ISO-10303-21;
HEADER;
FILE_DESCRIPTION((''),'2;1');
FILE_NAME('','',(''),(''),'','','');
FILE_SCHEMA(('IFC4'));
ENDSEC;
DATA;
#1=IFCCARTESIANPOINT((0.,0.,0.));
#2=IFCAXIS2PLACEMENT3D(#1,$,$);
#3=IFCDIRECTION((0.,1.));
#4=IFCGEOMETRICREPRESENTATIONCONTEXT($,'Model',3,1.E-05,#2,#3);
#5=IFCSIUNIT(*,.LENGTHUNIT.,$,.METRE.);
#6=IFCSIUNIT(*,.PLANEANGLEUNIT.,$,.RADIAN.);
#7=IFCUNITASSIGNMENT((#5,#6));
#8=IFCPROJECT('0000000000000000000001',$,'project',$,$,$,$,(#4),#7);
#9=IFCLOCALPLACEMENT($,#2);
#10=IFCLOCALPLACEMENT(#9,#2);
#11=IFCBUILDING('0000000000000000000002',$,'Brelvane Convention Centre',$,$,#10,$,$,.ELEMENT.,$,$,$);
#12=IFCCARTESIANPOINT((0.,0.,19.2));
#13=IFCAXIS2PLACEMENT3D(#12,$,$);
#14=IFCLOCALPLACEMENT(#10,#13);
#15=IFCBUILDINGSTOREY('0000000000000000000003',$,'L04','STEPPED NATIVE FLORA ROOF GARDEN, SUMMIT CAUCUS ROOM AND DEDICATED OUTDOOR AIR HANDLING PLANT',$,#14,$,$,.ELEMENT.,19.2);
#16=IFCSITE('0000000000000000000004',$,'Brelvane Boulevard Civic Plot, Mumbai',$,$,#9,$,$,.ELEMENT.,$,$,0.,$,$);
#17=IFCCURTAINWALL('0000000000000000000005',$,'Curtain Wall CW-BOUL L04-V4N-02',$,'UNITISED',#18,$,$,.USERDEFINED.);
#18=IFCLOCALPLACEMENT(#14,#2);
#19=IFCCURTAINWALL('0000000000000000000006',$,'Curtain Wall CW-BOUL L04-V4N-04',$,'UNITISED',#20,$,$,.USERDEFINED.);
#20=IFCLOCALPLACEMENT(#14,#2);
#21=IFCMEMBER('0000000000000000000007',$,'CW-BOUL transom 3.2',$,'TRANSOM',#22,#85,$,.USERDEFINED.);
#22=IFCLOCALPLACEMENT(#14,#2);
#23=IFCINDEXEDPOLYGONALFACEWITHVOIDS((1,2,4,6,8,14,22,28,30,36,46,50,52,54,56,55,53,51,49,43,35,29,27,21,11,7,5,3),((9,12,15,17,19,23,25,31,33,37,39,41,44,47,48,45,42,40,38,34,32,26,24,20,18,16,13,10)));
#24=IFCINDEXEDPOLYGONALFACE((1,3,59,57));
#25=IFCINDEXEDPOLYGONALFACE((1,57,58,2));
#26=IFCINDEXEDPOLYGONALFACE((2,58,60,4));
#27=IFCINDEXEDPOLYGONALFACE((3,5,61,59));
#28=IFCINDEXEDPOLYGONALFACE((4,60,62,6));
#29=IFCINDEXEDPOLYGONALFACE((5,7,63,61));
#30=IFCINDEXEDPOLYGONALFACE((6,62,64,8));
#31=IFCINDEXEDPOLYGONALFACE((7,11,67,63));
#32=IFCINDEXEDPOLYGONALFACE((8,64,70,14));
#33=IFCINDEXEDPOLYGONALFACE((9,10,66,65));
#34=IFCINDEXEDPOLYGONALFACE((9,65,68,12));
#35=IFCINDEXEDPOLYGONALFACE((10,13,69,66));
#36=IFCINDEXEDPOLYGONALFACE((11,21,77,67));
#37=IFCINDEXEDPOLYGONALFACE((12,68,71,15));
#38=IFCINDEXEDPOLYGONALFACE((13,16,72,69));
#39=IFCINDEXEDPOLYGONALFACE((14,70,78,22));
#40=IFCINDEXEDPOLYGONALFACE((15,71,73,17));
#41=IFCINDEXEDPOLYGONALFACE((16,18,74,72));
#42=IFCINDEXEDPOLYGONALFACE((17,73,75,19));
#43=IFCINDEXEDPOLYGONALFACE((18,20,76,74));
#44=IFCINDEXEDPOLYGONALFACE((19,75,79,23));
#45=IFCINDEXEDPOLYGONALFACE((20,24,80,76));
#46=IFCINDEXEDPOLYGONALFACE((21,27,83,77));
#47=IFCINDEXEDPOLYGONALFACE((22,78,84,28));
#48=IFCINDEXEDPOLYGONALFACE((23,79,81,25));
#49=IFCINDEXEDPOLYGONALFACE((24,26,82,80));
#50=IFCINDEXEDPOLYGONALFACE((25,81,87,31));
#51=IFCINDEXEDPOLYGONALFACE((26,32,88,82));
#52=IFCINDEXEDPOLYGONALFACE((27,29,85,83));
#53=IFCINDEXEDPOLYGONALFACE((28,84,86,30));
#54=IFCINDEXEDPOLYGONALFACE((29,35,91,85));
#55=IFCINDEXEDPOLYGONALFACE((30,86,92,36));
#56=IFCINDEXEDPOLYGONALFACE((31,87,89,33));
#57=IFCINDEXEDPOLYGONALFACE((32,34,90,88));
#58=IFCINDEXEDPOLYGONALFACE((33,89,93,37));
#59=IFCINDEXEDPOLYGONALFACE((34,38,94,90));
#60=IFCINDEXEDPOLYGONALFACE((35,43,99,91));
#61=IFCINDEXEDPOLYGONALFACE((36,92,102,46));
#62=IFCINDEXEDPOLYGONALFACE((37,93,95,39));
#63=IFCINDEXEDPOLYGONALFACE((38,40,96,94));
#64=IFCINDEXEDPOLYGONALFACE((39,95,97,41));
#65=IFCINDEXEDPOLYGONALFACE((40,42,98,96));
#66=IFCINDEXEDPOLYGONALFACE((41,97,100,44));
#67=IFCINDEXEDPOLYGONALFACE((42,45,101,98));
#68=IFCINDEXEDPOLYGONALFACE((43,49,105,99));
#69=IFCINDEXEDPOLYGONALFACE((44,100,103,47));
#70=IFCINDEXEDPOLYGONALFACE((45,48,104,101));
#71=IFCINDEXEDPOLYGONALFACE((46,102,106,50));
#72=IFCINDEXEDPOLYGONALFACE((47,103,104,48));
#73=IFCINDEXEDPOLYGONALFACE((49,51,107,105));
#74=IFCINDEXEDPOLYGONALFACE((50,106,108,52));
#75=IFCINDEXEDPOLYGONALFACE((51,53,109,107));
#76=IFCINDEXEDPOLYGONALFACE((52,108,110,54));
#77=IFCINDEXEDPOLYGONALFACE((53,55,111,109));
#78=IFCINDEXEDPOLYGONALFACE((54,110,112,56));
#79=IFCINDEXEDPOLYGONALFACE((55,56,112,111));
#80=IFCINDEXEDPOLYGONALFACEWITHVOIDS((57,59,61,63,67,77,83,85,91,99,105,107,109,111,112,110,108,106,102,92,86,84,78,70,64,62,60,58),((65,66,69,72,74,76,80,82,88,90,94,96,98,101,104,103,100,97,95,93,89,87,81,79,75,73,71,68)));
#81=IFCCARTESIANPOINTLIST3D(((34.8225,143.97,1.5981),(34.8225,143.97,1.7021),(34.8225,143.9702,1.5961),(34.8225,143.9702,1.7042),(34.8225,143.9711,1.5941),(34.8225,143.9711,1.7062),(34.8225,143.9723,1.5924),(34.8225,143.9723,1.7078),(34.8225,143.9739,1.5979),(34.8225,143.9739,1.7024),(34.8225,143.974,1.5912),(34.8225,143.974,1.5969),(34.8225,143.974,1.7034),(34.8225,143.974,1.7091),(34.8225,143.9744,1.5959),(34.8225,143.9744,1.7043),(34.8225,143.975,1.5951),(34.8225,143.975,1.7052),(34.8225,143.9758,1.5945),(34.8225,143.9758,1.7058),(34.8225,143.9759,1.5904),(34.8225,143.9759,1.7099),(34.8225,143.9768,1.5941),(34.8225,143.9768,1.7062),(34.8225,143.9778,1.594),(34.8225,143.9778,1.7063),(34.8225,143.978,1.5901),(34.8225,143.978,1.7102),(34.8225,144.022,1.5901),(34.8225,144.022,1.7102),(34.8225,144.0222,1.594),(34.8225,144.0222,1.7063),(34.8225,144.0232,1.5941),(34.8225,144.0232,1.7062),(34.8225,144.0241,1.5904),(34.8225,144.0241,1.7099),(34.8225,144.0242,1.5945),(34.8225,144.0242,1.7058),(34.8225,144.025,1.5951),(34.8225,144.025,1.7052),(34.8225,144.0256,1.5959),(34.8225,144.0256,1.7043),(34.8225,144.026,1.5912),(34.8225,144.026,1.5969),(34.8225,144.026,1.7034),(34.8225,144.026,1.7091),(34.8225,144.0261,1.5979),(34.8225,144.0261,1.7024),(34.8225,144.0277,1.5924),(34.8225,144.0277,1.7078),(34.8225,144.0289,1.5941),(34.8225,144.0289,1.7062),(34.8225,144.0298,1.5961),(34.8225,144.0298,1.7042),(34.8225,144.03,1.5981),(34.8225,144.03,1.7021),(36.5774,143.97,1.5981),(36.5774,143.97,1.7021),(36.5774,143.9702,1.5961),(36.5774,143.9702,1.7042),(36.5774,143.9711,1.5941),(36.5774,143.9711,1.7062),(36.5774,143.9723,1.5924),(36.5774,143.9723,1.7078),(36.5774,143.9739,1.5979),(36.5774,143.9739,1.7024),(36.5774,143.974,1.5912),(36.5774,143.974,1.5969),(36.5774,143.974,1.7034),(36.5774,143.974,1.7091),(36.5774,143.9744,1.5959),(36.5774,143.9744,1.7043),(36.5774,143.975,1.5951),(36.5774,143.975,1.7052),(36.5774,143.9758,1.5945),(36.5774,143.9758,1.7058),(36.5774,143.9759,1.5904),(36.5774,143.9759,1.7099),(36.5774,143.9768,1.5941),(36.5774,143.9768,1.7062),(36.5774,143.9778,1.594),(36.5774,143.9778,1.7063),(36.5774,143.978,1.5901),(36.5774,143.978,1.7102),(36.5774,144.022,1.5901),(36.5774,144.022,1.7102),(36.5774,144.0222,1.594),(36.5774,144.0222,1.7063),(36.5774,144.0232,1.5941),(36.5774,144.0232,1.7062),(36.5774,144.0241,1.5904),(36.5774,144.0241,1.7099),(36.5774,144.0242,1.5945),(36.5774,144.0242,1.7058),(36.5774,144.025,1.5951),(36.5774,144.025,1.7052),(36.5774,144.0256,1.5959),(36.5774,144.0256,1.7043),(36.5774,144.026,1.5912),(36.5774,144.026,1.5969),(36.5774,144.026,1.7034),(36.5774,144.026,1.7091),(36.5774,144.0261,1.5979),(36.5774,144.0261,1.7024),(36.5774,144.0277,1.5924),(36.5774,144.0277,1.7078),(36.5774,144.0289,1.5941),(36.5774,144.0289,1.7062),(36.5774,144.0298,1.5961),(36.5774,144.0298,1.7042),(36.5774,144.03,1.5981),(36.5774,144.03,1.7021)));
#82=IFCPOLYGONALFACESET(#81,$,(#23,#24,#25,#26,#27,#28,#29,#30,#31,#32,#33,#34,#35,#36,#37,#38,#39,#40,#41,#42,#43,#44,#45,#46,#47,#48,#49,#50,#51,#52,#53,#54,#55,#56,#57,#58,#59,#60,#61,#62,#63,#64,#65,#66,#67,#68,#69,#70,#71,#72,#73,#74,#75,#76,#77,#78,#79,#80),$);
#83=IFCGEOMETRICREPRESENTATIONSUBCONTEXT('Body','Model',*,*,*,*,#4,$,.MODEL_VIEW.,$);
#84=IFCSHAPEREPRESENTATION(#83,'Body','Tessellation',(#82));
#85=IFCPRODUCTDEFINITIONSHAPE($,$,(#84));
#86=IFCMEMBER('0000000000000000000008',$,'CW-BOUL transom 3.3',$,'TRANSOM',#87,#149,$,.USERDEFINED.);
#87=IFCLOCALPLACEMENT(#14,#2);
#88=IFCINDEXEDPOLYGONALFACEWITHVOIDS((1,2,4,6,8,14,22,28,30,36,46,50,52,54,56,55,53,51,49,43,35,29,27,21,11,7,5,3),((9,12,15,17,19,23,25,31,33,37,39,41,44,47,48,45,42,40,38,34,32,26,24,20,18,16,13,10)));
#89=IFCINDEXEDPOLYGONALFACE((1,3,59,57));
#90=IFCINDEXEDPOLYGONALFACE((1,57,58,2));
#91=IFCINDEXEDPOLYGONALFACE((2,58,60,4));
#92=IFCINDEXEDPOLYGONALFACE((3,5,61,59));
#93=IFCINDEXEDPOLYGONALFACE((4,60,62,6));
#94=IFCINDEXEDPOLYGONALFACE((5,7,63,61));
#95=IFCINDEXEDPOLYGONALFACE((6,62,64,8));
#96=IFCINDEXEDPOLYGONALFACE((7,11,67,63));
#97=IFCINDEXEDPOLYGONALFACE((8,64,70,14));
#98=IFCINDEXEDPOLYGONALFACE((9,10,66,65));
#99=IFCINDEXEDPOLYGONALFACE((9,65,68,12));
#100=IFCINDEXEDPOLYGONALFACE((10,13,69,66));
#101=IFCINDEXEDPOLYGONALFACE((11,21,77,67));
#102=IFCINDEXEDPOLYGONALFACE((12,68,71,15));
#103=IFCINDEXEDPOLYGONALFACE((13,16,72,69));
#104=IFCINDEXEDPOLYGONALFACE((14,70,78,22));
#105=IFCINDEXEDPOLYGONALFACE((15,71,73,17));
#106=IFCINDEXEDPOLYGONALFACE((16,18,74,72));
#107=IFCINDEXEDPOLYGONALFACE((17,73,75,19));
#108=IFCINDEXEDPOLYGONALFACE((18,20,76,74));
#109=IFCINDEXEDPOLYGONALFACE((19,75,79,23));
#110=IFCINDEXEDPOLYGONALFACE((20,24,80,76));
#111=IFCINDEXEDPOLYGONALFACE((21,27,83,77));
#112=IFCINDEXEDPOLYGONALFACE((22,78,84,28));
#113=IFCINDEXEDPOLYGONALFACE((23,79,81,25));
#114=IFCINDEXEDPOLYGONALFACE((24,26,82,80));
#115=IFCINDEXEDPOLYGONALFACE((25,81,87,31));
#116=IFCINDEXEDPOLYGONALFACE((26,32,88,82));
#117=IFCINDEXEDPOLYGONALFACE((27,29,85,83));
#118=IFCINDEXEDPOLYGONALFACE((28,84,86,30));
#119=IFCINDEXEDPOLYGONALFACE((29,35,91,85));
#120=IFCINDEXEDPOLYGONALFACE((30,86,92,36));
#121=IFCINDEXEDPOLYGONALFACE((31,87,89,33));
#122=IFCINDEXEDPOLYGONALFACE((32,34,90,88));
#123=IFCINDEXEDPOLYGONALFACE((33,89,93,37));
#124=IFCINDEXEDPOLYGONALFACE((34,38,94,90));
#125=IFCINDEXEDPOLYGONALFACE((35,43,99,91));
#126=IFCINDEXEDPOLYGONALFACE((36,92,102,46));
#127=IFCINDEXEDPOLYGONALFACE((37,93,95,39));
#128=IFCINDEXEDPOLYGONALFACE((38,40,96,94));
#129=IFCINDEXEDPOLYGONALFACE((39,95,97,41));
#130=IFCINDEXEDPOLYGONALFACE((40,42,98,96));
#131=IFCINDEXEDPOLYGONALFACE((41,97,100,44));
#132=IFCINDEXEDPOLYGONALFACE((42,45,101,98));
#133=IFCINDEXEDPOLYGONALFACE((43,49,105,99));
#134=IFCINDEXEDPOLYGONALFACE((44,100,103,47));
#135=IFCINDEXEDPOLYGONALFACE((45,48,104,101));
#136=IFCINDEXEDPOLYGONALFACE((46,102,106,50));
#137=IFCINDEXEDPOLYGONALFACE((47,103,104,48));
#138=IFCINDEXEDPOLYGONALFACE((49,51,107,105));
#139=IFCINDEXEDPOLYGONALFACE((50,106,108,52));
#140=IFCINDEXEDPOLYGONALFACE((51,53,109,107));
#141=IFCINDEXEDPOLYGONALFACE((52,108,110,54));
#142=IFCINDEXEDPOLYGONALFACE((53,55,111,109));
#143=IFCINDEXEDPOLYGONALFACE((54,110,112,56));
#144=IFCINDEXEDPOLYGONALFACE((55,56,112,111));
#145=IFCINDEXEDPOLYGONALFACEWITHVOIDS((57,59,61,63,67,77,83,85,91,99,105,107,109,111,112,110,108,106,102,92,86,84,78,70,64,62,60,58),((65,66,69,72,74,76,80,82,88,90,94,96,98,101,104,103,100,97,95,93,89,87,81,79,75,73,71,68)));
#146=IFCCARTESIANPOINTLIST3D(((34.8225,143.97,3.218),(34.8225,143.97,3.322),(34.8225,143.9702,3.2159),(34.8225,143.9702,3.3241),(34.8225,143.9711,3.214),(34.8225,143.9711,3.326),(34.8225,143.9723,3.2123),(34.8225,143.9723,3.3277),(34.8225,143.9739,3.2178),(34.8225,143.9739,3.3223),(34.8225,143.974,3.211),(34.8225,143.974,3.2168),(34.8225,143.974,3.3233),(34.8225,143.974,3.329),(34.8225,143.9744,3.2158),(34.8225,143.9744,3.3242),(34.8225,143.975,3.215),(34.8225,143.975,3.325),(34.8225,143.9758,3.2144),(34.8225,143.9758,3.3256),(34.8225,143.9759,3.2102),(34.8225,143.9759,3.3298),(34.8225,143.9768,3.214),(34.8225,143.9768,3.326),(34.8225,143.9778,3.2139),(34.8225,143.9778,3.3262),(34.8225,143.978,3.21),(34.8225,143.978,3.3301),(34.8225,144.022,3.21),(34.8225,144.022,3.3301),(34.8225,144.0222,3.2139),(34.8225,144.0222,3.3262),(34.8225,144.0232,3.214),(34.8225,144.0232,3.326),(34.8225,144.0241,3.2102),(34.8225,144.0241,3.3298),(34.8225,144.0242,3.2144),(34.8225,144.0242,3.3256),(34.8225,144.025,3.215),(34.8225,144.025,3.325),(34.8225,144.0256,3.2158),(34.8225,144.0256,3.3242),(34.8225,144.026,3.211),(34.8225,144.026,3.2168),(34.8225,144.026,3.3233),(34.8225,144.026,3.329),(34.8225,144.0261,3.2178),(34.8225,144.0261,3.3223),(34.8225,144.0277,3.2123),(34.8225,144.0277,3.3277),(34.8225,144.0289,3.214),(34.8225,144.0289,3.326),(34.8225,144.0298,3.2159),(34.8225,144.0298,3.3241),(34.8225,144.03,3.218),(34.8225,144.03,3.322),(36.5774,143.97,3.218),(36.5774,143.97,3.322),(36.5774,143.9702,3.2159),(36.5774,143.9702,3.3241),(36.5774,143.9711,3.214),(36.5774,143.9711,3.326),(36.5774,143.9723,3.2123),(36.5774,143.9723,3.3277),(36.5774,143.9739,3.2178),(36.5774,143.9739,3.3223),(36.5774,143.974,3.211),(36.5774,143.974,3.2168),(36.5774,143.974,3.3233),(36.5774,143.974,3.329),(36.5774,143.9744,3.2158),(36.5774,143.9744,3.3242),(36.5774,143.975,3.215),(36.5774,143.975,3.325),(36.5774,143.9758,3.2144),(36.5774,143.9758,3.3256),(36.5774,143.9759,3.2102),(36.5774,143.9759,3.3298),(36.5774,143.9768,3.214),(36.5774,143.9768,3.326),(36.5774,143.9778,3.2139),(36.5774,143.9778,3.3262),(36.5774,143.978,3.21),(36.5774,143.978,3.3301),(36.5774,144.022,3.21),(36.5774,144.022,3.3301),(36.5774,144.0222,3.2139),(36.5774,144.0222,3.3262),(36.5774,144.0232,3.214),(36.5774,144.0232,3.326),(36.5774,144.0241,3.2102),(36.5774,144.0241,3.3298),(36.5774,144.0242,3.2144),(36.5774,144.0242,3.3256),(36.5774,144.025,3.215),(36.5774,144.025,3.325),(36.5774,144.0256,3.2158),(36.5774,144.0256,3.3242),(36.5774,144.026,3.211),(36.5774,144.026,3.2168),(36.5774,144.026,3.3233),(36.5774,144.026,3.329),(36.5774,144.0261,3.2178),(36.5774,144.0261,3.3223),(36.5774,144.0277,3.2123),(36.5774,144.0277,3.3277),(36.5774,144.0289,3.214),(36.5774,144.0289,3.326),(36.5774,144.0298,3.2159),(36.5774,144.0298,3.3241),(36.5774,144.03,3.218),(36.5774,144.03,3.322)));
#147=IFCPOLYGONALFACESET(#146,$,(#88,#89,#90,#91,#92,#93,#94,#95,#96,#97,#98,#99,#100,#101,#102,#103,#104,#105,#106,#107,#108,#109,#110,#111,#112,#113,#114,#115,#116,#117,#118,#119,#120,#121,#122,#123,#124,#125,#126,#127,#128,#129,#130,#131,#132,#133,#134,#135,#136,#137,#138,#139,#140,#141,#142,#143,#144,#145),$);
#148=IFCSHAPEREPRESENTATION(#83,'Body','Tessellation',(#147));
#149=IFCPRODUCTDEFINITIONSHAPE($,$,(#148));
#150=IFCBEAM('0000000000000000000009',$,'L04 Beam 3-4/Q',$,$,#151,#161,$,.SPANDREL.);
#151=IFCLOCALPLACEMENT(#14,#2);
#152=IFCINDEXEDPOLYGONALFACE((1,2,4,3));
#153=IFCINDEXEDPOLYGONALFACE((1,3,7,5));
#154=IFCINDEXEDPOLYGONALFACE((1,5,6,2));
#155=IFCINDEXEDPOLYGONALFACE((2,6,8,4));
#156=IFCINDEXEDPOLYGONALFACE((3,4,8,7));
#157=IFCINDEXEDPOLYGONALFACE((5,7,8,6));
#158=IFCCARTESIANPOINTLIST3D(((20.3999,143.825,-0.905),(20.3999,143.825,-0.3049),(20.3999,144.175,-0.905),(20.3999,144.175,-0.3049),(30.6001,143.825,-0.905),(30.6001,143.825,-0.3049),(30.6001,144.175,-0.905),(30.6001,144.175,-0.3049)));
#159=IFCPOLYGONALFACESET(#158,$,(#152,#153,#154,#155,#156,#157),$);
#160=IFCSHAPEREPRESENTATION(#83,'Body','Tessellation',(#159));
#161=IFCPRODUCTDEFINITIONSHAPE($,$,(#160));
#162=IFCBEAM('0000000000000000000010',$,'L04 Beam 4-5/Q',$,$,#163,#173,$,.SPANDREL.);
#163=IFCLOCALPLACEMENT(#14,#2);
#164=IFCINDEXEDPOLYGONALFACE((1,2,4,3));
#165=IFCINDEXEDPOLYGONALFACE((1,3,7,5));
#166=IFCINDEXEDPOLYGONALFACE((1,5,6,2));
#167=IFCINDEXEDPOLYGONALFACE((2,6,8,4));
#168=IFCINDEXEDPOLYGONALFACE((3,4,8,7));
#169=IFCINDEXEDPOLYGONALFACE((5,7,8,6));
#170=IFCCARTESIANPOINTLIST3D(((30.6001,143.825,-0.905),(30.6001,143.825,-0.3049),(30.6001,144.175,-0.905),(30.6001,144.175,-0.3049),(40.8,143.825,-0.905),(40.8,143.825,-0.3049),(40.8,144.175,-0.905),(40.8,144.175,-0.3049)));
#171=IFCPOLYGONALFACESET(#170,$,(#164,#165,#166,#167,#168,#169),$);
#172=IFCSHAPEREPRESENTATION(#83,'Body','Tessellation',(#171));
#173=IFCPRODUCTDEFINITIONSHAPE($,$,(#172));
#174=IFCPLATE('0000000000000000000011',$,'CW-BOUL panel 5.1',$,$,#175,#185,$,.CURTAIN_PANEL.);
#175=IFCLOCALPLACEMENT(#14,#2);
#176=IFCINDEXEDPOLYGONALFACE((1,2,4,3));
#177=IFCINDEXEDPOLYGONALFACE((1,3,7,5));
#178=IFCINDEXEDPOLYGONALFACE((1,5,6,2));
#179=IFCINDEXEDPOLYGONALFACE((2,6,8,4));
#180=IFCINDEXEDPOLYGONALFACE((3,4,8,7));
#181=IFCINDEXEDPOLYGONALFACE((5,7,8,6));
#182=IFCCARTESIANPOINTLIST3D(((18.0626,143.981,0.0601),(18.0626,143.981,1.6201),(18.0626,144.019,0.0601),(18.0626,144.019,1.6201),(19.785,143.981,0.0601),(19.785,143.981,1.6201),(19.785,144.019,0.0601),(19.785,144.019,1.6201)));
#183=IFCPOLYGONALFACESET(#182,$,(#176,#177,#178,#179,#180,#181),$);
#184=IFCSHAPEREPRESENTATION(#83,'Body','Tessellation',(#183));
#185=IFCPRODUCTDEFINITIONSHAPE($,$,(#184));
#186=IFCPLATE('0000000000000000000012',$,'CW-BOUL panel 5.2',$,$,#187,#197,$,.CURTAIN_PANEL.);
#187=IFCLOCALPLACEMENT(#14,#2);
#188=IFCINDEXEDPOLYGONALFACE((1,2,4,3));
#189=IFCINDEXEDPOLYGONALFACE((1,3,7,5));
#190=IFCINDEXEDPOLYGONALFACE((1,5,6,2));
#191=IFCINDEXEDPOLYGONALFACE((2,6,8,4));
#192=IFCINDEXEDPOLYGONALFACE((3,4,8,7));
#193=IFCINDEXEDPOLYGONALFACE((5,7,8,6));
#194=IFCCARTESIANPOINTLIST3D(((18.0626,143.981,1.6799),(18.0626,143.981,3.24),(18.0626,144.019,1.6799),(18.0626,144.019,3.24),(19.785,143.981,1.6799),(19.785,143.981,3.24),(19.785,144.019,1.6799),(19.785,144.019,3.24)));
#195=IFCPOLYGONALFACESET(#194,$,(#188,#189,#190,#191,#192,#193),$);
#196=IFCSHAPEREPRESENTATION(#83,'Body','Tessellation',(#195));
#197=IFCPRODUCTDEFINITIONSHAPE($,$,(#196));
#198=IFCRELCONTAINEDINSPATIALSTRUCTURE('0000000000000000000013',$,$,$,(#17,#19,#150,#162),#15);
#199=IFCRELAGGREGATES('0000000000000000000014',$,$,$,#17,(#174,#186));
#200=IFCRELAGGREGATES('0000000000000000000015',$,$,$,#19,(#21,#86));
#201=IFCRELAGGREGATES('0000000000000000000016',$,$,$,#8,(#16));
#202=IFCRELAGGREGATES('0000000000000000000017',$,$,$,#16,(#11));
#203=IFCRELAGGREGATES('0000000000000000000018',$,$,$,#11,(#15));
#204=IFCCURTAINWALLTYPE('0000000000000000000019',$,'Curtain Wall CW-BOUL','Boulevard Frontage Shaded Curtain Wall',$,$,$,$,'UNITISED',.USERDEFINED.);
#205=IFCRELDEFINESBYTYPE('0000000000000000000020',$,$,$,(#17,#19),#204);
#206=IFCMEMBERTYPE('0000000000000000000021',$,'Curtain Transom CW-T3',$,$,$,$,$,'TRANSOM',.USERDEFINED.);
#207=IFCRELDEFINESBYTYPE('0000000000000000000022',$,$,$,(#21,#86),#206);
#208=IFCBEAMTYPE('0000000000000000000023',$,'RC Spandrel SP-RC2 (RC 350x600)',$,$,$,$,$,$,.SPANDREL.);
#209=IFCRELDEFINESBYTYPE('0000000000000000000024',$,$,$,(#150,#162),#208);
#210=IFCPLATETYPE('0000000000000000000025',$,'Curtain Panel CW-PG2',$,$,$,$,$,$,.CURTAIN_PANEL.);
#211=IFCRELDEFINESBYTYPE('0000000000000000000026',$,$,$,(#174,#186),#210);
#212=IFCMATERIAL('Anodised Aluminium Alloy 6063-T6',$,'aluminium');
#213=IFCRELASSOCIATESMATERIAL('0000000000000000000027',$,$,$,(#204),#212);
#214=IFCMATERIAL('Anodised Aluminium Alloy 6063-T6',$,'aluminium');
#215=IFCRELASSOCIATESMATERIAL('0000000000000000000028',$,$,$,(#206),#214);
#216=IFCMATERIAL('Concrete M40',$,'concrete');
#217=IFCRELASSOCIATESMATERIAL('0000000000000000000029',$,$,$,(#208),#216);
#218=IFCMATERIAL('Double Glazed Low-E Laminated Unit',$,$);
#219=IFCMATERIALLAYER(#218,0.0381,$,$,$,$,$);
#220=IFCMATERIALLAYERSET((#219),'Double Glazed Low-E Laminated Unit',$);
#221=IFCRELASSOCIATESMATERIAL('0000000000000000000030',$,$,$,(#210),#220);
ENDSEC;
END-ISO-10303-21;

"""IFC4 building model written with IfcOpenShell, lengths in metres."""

from ifc_helpers import new_model, si_unit, direction, frame, origin, origin_2d, place, context, subcontext, project, spatial, rectangle, hollow_rectangle, extrude, material, layer, layer_set, material_profile, profile_set, type_object, element, aggregate, save


model = new_model("IFC4")

# Units and contexts
model_context = context("Model", 3, precision=1e-05, world=origin(), true_north=direction((0.0, 1.0)))
body_context = subcontext(model_context, "Body", "Model", "MODEL_VIEW")
ifc_project = project(units=[si_unit("LENGTHUNIT", "METRE"), si_unit("PLANEANGLEUNIT", "RADIAN")], contexts=[model_context])

# Site, building, storey
site_placement = place(None, origin())
site = spatial("IfcSite", under=ifc_project, at=site_placement, Name="Brelvane Boulevard Civic Plot, Mumbai", CompositionType="ELEMENT", RefElevation=0.0)
building_placement = place(site_placement, origin())
building = spatial("IfcBuilding", under=site, at=building_placement, Name="Brelvane Convention Centre", CompositionType="ELEMENT")
storey_placement = place(building_placement, frame((0.0, 0.0, 19.2)))
storey = spatial("IfcBuildingStorey", under=building, at=storey_placement, Name="L04", Description="STEPPED NATIVE FLORA ROOF GARDEN, SUMMIT CAUCUS ROOM AND DEDICATED OUTDOOR AIR HANDLING PLANT", CompositionType="ELEMENT", Elevation=19.2)

# Curtain wall
ifc_material_1 = material(Name="Anodised Aluminium Alloy 6063-T6", Category="aluminium")
curtain_wall_type = type_object("IfcCurtainWallType", Name="Curtain Wall CW-BOUL", Description="Boulevard Frontage Shaded Curtain Wall", ElementType="UNITISED", PredefinedType="USERDEFINED", material=ifc_material_1)
curtain_wall_1_placement = place(storey_placement, origin())
curtain_wall_1 = element("IfcCurtainWall", 1, at=curtain_wall_1_placement, inside=storey, type_object=curtain_wall_type, Name="Curtain Wall CW-BOUL L04-V4N-02", ObjectType="UNITISED", PredefinedType="USERDEFINED")

# Curtain wall
curtain_wall_2_placement = place(storey_placement, origin())
curtain_wall_2 = element("IfcCurtainWall", 2, at=curtain_wall_2_placement, inside=storey, type_object=curtain_wall_type, Name="Curtain Wall CW-BOUL L04-V4N-04", ObjectType="UNITISED", PredefinedType="USERDEFINED")

# Members
ifc_material_2 = material(Name="Anodised Aluminium Alloy 6063-T6", Category="aluminium")
ifc_material_profile_1 = material_profile(ifc_material_2, hollow_rectangle(XDim=0.0601, YDim=0.1201, WallThickness=0.0039, InnerFilletRadius=0.0039, OuterFilletRadius=0.0081, at=origin_2d()), Name="ALU-T 120x60x4.0")
ifc_profile_set_1 = profile_set([ifc_material_profile_1], Name="Anodised Aluminium Alloy 6063-T6")
member_type_1 = type_object("IfcMemberType", Name="Curtain Transom CW-T3", ElementType="TRANSOM", PredefinedType="USERDEFINED", material=ifc_profile_set_1)
member_1_placement = place(storey_placement, frame((34.8225, 144.0, 1.6501), z_axis=(1.0, 0.0, 0.0), x_axis=(0.0, 1.0, 0.0)))
member_1 = element("IfcMember", 3, at=member_1_placement, type_object=member_type_1, Name="CW-BOUL transom 3.2", ObjectType="TRANSOM", PredefinedType="USERDEFINED", context=body_context, shape_type="SweptSolid", body=[
    extrude(hollow_rectangle(XDim=0.0601, YDim=0.1201, WallThickness=0.0039, InnerFilletRadius=0.0039, OuterFilletRadius=0.0081, at=origin_2d()), origin(), (0.0, 0.0, 1.0), 1.7549),
])
member_2_placement = place(storey_placement, frame((34.8225, 144.0, 3.27), z_axis=(1.0, 0.0, 0.0), x_axis=(0.0, 1.0, 0.0)))
member_2 = element("IfcMember", 4, at=member_2_placement, type_object=member_type_1, Name="CW-BOUL transom 3.3", ObjectType="TRANSOM", PredefinedType="USERDEFINED", context=body_context, shape_type="SweptSolid", body=[
    extrude(hollow_rectangle(XDim=0.0601, YDim=0.1201, WallThickness=0.0039, InnerFilletRadius=0.0039, OuterFilletRadius=0.0081, at=origin_2d()), origin(), (0.0, 0.0, 1.0), 1.7549),
])

# Beams
ifc_material_3 = material(Name="Concrete M40", Category="concrete")
ifc_material_profile_2 = material_profile(ifc_material_3, rectangle(XDim=0.3501, YDim=0.6001, at=origin_2d()), Name="RC 350x600")
ifc_profile_set_2 = profile_set([ifc_material_profile_2], Name="Concrete M40")
beam_type = type_object("IfcBeamType", Name="RC Spandrel SP-RC2 (RC 350x600)", PredefinedType="SPANDREL", material=ifc_profile_set_2)
beam_1_placement = place(storey_placement, frame((20.3999, 144.0, -0.605), z_axis=(1.0, 0.0, 0.0), x_axis=(0.0, 1.0, 0.0)))
element("IfcBeam", 5, at=beam_1_placement, inside=storey, type_object=beam_type, Name="L04 Beam 3-4/Q", PredefinedType="SPANDREL", context=body_context, shape_type="SweptSolid", body=[
    extrude(rectangle(XDim=0.3501, YDim=0.6001, at=origin_2d()), origin(), (0.0, 0.0, 1.0), 10.2002),
])
beam_2_placement = place(storey_placement, frame((30.6001, 144.0, -0.605), z_axis=(1.0, 0.0, 0.0), x_axis=(0.0, 1.0, 0.0)))
element("IfcBeam", 6, at=beam_2_placement, inside=storey, type_object=beam_type, Name="L04 Beam 4-5/Q", PredefinedType="SPANDREL", context=body_context, shape_type="SweptSolid", body=[
    extrude(rectangle(XDim=0.3501, YDim=0.6001, at=origin_2d()), origin(), (0.0, 0.0, 1.0), 10.2),
])

# Plates
ifc_material_4 = material(Name="Double Glazed Low-E Laminated Unit")
ifc_layer_1 = layer(ifc_material_4, 0.0381)
ifc_layer_set_1 = layer_set([ifc_layer_1], Name="Double Glazed Low-E Laminated Unit")
plate_type = type_object("IfcPlateType", Name="Curtain Panel CW-PG2", PredefinedType="CURTAIN_PANEL", material=ifc_layer_set_1)
plate_1_placement = place(storey_placement, frame((18.9238, 144.0, 0.0601), z_axis=(0.0, 0.0, 1.0), x_axis=(1.0, 0.0, 0.0)))
plate_1 = element("IfcPlate", 7, at=plate_1_placement, type_object=plate_type, Name="CW-BOUL panel 5.1", PredefinedType="CURTAIN_PANEL", context=body_context, shape_type="SweptSolid", body=[
    extrude(rectangle(XDim=1.7224, YDim=0.0381, at=origin_2d()), origin(), (0.0, 0.0, 1.0), 1.5601),
])
plate_2_placement = place(storey_placement, frame((18.9238, 144.0, 1.6799), z_axis=(0.0, 0.0, 1.0), x_axis=(1.0, 0.0, 0.0)))
plate_2 = element("IfcPlate", 8, at=plate_2_placement, type_object=plate_type, Name="CW-BOUL panel 5.2", PredefinedType="CURTAIN_PANEL", context=body_context, shape_type="SweptSolid", body=[
    extrude(rectangle(XDim=1.7224, YDim=0.0381, at=origin_2d()), origin(), (0.0, 0.0, 1.0), 1.5601),
])
aggregate(curtain_wall_1, [plate_1, plate_2])
aggregate(curtain_wall_2, [member_1, member_2])

save(model, "model.ifc")
